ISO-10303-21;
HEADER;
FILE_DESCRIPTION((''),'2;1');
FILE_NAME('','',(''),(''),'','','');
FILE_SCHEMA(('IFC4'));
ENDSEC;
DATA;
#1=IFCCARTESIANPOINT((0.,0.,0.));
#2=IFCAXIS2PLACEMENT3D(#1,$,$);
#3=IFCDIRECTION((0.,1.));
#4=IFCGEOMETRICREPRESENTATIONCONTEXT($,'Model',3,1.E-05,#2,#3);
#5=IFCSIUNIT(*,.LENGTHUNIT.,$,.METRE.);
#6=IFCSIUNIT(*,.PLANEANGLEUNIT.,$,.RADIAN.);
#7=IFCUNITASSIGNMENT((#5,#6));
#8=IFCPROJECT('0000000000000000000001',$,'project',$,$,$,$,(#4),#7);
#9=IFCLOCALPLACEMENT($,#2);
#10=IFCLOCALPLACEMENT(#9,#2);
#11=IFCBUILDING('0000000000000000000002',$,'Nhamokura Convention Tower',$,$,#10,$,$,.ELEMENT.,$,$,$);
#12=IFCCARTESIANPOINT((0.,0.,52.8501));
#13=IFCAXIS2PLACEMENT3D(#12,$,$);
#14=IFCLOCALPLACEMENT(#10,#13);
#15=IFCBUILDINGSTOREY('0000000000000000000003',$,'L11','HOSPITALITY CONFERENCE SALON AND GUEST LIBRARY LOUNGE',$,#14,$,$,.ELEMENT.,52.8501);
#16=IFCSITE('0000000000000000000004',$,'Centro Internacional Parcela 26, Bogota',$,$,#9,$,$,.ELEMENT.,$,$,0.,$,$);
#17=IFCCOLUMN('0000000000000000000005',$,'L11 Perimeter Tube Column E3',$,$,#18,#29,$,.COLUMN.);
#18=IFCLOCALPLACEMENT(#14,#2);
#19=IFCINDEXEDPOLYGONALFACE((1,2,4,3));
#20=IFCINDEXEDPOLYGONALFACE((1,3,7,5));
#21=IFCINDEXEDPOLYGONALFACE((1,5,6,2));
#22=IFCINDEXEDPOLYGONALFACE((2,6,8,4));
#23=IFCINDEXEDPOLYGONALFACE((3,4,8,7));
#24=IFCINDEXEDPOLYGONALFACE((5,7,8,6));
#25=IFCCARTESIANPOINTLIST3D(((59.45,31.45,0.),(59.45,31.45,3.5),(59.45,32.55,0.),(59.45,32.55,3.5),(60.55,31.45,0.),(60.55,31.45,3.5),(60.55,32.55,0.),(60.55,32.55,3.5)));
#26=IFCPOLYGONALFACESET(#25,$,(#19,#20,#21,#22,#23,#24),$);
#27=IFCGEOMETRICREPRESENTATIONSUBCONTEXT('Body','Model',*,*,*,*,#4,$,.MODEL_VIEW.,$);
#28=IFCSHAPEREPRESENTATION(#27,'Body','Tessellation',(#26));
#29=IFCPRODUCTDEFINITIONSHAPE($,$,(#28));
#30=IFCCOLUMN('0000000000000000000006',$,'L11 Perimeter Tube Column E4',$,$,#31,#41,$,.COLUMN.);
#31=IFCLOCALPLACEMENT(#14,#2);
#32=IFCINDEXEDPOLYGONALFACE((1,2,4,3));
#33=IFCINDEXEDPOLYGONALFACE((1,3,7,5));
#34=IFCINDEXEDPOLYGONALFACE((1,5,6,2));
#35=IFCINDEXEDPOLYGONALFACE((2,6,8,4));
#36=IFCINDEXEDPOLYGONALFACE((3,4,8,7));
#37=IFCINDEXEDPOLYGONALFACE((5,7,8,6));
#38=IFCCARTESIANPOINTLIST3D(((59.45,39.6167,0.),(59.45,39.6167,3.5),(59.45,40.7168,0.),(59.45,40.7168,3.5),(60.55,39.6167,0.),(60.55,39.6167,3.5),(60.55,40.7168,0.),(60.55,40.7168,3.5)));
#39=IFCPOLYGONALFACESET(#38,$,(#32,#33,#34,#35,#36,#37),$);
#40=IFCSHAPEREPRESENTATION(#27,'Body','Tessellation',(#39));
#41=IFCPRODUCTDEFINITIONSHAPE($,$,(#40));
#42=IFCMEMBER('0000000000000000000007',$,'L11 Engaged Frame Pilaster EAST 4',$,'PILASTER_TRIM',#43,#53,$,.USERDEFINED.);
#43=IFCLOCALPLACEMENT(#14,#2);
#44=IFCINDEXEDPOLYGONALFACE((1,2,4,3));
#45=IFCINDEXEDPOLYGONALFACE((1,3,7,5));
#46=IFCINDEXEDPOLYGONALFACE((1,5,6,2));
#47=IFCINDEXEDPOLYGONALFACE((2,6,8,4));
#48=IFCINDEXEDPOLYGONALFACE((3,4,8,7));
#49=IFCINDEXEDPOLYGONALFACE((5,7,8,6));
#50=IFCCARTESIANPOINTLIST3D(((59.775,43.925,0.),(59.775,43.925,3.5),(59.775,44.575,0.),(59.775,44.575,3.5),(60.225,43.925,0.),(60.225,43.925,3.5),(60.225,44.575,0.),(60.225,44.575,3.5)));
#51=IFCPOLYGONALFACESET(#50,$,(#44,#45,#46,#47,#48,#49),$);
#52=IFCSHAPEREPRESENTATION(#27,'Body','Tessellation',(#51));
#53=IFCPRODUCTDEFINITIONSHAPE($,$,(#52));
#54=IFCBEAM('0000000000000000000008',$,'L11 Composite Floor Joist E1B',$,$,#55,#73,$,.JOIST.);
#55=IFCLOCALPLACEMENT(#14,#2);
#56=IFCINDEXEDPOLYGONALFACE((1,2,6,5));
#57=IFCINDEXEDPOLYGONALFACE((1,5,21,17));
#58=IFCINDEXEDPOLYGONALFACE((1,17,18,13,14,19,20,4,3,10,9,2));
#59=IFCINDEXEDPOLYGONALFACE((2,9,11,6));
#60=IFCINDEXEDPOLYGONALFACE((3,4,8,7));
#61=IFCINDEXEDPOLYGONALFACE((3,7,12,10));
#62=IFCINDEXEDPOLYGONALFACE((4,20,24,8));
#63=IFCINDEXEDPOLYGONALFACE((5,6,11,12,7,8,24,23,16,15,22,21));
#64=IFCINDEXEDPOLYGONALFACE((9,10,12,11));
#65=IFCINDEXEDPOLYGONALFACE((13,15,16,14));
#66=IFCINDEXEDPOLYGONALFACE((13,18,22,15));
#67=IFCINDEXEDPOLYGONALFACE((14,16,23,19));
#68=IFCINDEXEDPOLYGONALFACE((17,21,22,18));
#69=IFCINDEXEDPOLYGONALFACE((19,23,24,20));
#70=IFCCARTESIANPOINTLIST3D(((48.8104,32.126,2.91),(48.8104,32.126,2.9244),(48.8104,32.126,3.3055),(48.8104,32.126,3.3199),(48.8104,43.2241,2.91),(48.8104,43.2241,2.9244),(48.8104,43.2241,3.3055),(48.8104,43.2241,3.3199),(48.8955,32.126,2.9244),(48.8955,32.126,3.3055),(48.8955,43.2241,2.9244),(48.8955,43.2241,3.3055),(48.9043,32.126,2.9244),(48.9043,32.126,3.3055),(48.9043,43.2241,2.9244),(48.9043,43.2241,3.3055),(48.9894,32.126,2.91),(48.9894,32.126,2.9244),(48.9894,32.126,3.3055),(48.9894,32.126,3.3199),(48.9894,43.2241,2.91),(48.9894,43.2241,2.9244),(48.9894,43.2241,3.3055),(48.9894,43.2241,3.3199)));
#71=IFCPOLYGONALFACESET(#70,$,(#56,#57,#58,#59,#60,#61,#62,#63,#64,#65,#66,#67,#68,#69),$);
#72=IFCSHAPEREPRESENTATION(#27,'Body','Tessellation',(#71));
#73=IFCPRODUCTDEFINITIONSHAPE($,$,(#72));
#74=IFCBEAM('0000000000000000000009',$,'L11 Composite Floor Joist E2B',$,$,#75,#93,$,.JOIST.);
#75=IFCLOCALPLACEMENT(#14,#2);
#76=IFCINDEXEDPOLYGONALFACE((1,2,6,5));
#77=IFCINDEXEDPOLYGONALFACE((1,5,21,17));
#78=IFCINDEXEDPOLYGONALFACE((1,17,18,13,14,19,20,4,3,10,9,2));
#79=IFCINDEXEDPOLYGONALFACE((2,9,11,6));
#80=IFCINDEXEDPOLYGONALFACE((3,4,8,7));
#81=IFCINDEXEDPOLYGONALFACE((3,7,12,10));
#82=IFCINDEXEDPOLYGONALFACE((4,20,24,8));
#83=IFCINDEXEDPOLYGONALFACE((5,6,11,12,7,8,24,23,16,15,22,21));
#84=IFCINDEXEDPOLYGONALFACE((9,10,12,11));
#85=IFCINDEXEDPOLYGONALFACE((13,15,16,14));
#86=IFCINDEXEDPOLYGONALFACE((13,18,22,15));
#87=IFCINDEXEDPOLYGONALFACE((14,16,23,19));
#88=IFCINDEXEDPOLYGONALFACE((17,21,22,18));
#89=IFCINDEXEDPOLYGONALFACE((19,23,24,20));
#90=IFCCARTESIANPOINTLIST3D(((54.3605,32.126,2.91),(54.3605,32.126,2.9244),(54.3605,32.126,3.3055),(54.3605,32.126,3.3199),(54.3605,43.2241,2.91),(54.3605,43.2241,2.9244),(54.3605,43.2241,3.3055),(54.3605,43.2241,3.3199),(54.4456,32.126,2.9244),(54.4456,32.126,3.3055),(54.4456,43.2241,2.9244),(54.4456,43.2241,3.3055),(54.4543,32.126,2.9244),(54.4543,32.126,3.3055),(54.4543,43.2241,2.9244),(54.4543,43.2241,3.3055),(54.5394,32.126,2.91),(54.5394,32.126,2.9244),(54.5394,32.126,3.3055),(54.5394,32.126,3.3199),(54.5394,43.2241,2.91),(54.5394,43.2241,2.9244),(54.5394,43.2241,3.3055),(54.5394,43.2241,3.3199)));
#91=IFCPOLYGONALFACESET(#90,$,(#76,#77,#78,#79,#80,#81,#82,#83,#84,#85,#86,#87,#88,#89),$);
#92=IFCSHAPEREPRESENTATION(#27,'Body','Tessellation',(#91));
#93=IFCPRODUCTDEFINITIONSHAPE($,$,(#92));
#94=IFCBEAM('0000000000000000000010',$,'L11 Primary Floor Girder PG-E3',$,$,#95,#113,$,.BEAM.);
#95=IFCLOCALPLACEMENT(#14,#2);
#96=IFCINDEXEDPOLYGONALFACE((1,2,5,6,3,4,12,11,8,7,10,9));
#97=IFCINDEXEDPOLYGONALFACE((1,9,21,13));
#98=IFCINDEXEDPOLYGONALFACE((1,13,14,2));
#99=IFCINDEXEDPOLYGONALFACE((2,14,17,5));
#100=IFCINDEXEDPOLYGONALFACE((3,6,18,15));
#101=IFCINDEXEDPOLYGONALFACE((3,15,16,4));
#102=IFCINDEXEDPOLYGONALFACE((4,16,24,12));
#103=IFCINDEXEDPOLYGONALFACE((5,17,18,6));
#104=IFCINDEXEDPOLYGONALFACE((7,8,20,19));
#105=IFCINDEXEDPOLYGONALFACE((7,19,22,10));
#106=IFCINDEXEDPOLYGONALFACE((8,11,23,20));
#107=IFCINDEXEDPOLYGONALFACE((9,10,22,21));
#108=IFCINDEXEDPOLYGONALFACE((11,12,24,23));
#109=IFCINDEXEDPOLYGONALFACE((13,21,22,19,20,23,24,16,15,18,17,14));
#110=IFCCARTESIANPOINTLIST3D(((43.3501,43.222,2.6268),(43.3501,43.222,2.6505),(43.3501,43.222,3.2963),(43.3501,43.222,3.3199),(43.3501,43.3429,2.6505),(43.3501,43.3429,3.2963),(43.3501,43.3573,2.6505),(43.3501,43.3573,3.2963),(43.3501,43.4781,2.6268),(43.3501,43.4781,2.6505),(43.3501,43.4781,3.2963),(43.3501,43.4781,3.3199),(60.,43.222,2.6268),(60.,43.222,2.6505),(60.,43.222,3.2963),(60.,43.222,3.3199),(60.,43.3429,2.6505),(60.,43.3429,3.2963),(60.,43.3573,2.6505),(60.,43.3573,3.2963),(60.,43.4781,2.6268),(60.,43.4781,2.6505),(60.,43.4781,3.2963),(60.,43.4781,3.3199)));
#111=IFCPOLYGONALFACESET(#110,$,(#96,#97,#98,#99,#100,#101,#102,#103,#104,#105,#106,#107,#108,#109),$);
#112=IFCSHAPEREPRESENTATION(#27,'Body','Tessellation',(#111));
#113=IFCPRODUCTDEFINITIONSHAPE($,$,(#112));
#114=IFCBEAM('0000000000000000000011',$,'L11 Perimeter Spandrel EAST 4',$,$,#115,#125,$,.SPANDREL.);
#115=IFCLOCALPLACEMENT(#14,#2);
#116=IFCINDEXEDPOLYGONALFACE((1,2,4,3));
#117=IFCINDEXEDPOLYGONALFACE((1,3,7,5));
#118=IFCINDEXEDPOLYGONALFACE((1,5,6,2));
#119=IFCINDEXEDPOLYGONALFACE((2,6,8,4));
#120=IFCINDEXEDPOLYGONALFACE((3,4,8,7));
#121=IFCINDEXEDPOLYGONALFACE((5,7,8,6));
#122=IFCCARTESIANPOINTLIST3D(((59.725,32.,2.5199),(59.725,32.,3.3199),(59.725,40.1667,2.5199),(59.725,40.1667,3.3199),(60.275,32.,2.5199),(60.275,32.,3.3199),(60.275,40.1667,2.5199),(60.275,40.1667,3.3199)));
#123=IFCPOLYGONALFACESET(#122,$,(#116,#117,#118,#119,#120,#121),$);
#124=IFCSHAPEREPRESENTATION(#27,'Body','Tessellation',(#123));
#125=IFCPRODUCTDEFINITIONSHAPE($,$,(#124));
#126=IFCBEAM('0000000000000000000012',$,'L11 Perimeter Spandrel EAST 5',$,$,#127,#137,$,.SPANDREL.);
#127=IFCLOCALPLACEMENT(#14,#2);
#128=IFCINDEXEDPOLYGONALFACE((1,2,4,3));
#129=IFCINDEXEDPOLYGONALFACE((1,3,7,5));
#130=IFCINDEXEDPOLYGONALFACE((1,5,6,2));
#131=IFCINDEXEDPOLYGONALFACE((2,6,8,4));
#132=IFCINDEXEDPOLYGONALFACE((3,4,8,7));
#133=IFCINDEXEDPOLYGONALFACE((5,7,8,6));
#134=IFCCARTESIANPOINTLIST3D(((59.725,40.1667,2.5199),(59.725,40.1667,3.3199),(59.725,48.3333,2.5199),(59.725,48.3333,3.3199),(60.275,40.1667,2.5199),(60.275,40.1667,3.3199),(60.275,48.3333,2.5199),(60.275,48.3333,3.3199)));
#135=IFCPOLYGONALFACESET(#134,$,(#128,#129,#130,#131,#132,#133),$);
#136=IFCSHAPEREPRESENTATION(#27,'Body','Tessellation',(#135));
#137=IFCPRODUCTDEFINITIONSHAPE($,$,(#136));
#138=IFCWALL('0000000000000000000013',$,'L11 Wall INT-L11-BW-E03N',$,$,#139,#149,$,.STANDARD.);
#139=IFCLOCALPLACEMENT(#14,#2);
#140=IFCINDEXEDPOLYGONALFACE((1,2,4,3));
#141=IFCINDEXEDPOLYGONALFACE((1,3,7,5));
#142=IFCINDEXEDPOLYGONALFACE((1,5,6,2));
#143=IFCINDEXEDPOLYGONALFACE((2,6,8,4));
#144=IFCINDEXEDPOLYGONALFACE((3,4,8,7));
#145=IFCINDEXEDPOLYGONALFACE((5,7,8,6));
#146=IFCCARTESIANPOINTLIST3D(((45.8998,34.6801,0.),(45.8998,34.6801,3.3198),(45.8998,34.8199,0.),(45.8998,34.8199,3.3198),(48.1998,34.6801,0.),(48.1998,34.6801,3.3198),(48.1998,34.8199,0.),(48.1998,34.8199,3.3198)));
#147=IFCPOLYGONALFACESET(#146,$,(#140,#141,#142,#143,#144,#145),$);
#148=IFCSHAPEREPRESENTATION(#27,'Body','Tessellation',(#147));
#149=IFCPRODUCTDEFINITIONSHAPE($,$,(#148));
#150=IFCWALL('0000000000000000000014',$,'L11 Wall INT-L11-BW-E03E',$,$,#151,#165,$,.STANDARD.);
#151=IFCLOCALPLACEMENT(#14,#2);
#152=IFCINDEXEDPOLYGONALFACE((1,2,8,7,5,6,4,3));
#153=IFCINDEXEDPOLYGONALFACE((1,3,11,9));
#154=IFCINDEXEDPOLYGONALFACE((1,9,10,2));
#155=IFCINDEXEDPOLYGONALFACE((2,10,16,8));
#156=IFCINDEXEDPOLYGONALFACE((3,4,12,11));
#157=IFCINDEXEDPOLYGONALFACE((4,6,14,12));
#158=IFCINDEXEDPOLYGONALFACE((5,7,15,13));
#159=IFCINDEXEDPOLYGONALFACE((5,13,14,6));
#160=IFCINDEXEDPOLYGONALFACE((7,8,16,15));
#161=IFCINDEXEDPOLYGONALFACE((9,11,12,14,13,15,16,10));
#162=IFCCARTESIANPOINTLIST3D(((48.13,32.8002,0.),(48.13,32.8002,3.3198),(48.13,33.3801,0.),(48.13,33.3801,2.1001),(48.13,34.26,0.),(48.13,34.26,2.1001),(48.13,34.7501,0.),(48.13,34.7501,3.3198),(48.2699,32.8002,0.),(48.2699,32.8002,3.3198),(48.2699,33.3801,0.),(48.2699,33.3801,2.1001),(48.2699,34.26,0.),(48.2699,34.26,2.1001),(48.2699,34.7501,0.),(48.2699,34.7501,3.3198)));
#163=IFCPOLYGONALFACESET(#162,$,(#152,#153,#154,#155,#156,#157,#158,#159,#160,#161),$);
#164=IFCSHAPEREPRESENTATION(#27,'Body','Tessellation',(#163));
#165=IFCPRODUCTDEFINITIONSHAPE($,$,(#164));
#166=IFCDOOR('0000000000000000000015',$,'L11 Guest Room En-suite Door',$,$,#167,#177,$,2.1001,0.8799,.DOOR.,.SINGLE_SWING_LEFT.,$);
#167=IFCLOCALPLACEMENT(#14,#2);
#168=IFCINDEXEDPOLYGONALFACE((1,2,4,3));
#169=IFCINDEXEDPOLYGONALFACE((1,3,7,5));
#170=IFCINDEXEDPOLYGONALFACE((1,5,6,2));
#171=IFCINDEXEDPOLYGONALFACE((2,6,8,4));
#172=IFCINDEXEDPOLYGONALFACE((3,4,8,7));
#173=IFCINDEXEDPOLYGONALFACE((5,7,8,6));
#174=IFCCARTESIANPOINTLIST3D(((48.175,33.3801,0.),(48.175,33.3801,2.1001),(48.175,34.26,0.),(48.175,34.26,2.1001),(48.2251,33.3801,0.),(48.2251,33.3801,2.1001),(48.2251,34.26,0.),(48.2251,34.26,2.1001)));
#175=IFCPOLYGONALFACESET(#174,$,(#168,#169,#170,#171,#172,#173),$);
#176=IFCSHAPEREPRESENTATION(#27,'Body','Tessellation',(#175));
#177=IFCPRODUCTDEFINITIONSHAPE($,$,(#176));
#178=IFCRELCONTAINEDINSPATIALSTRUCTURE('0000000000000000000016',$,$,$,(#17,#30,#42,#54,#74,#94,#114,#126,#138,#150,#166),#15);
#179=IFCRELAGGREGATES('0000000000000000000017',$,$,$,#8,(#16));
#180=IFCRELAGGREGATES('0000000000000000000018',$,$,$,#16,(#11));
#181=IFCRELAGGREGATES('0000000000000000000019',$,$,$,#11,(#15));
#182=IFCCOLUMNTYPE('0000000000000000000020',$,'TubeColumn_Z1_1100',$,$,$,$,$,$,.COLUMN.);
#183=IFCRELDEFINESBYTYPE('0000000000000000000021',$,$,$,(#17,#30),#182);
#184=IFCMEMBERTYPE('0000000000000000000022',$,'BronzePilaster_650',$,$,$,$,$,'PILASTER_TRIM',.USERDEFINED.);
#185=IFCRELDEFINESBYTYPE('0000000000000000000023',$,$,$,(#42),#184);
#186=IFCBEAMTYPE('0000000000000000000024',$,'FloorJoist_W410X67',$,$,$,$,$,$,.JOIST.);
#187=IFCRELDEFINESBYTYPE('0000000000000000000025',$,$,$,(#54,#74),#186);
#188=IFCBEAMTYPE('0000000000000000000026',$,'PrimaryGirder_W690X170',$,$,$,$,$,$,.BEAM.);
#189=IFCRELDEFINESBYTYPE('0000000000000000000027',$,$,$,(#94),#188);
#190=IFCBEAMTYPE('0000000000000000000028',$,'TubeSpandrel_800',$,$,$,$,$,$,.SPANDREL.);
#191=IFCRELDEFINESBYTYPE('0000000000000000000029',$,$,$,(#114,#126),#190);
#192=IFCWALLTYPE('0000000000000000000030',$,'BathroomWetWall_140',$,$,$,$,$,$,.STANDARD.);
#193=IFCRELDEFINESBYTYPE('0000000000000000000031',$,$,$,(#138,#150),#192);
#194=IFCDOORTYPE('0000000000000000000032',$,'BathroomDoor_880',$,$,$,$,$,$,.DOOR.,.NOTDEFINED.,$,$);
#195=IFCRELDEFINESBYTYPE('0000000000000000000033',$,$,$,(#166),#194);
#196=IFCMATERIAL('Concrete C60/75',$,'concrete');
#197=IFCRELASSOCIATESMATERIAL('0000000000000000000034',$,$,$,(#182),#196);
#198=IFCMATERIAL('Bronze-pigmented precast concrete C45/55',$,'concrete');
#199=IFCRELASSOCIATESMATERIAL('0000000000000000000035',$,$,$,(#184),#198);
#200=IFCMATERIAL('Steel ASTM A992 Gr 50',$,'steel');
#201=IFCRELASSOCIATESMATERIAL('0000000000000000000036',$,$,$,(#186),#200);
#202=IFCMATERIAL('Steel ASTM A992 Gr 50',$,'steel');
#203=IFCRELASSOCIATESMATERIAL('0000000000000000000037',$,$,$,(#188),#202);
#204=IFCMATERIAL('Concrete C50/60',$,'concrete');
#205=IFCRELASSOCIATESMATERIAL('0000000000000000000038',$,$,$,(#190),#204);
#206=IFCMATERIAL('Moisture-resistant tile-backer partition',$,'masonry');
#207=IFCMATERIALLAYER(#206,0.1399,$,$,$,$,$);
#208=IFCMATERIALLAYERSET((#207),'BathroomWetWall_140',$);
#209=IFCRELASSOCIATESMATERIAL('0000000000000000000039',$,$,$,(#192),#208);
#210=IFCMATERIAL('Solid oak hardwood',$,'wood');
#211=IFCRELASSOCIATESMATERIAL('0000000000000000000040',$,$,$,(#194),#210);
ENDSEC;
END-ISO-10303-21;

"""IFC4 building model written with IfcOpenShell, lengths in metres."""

from ifc_helpers import new_model, si_unit, direction, frame, frame_2d, origin, origin_2d, place, context, subcontext, project, spatial, rectangle, i_section, extrude, material, layer, layer_set, material_profile, profile_set, type_object, element, fill, save


model = new_model("IFC4")

# Units and contexts
model_context = context("Model", 3, precision=1e-05, world=origin(), true_north=direction((0.0, 1.0)))
body_context = subcontext(model_context, "Body", "Model", "MODEL_VIEW")
ifc_project = project(units=[si_unit("LENGTHUNIT", "METRE"), si_unit("PLANEANGLEUNIT", "RADIAN")], contexts=[model_context])

# Site, building, storey
site_placement = place(None, origin())
site = spatial("IfcSite", under=ifc_project, at=site_placement, Name="Centro Internacional Parcela 26, Bogota", CompositionType="ELEMENT", RefElevation=0.0)
building_placement = place(site_placement, origin())
building = spatial("IfcBuilding", under=site, at=building_placement, Name="Nhamokura Convention Tower", CompositionType="ELEMENT")
storey_placement = place(building_placement, frame((0.0, 0.0, 52.8501)))
storey = spatial("IfcBuildingStorey", under=building, at=storey_placement, Name="L11", Description="HOSPITALITY CONFERENCE SALON AND GUEST LIBRARY LOUNGE", CompositionType="ELEMENT", Elevation=52.8501)

# Columns
ifc_material_1 = material(Name="Concrete C60/75", Category="concrete")
ifc_material_profile_1 = material_profile(ifc_material_1, rectangle(XDim=1.1001, YDim=1.1001, at=origin_2d()))
ifc_profile_set_1 = profile_set([ifc_material_profile_1], Name="Concrete C60/75")
column_type = type_object("IfcColumnType", Name="TubeColumn_Z1_1100", PredefinedType="COLUMN", material=ifc_profile_set_1)
for number, where, z_axis, x_axis, name in (
    (1, (60.0, 32.0, 0.0), (0.0, 0.0, 1.0), (1.0, 0.0, 0.0), "L11 Perimeter Tube Column E3"),
    (2, (60.0, 40.1667, 0.0), (0.0, 0.0, 1.0), (1.0, 0.0, 0.0), "L11 Perimeter Tube Column E4"),
):
    element("IfcColumn", number, at=place(storey_placement, frame(where, z_axis=z_axis, x_axis=x_axis)), inside=storey, type_object=column_type, Name=name, PredefinedType="COLUMN", context=body_context, shape_type="SweptSolid", body=[
        extrude(rectangle(XDim=1.1001, YDim=1.1001, at=origin_2d()), origin(), (0.0, 0.0, 1.0), 3.5),
    ])

# Member
ifc_material_2 = material(Name="Bronze-pigmented precast concrete C45/55", Category="concrete")
ifc_material_profile_2 = material_profile(ifc_material_2, rectangle(XDim=0.45, YDim=0.6499, at=origin_2d()))
ifc_profile_set_2 = profile_set([ifc_material_profile_2], Name="Bronze-pigmented precast concrete C45/55")
member_type = type_object("IfcMemberType", Name="BronzePilaster_650", ElementType="PILASTER_TRIM", PredefinedType="USERDEFINED", material=ifc_profile_set_2)
member_placement = place(storey_placement, frame((60.0, 44.25, 0.0), z_axis=(0.0, 0.0, 1.0), x_axis=(1.0, 0.0, 0.0)))
element("IfcMember", 3, at=member_placement, inside=storey, type_object=member_type, Name="L11 Engaged Frame Pilaster EAST 4", ObjectType="PILASTER_TRIM", PredefinedType="USERDEFINED", context=body_context, shape_type="SweptSolid", body=[
    extrude(rectangle(XDim=0.45, YDim=0.6499, at=origin_2d()), origin(), (0.0, 0.0, 1.0), 3.5),
])

# Beams
ifc_material_3 = material(Name="Steel ASTM A992 Gr 50", Category="steel")
ifc_material_profile_3 = material_profile(ifc_material_3, i_section(OverallWidth=0.179, OverallDepth=0.4099, WebThickness=0.0088, FlangeThickness=0.0144, at=origin_2d()))
ifc_profile_set_3 = profile_set([ifc_material_profile_3], Name="Steel ASTM A992 Gr 50")
beam_type_1 = type_object("IfcBeamType", Name="FloorJoist_W410X67", PredefinedType="JOIST", material=ifc_profile_set_3)
for number, where, z_axis, x_axis, name in (
    (4, (48.8999, 32.126, 3.115), (0.0, 1.0, 0.0), (-1.0, 0.0, 0.0), "L11 Composite Floor Joist E1B"),
    (5, (54.45, 32.126, 3.115), (0.0, 1.0, 0.0), (-1.0, 0.0, 0.0), "L11 Composite Floor Joist E2B"),
):
    element("IfcBeam", number, at=place(storey_placement, frame(where, z_axis=z_axis, x_axis=x_axis)), inside=storey, type_object=beam_type_1, Name=name, PredefinedType="JOIST", context=body_context, shape_type="SweptSolid", body=[
        extrude(i_section(OverallWidth=0.179, OverallDepth=0.4099, WebThickness=0.0088, FlangeThickness=0.0144, at=origin_2d()), origin(), (0.0, 0.0, 1.0), 11.0981),
    ])
ifc_material_4 = material(Name="Steel ASTM A992 Gr 50", Category="steel")
ifc_material_profile_4 = material_profile(ifc_material_4, i_section(OverallWidth=0.2561, OverallDepth=0.6931, WebThickness=0.0144, FlangeThickness=0.0237, at=origin_2d()))
ifc_profile_set_4 = profile_set([ifc_material_profile_4], Name="Steel ASTM A992 Gr 50")
beam_type_2 = type_object("IfcBeamType", Name="PrimaryGirder_W690X170", PredefinedType="BEAM", material=ifc_profile_set_4)
beam_1_placement = place(storey_placement, frame((43.3501, 43.3501, 2.9734), z_axis=(1.0, 0.0, 0.0), x_axis=(0.0, 1.0, 0.0)))
element("IfcBeam", 6, at=beam_1_placement, inside=storey, type_object=beam_type_2, Name="L11 Primary Floor Girder PG-E3", PredefinedType="BEAM", context=body_context, shape_type="SweptSolid", body=[
    extrude(i_section(OverallWidth=0.2561, OverallDepth=0.6931, WebThickness=0.0144, FlangeThickness=0.0237, at=origin_2d()), origin(), (0.0, 0.0, 1.0), 16.6499),
])
ifc_material_5 = material(Name="Concrete C50/60", Category="concrete")
ifc_material_profile_5 = material_profile(ifc_material_5, rectangle(XDim=0.55, YDim=0.8, at=origin_2d()))
ifc_profile_set_5 = profile_set([ifc_material_profile_5], Name="Concrete C50/60")
beam_type_3 = type_object("IfcBeamType", Name="TubeSpandrel_800", PredefinedType="SPANDREL", material=ifc_profile_set_5)
beam_2_placement = place(storey_placement, frame((60.0, 32.0, 2.9199), z_axis=(0.0, 1.0, 0.0), x_axis=(-1.0, 0.0, 0.0)))
element("IfcBeam", 7, at=beam_2_placement, inside=storey, type_object=beam_type_3, Name="L11 Perimeter Spandrel EAST 4", PredefinedType="SPANDREL", context=body_context, shape_type="SweptSolid", body=[
    extrude(rectangle(XDim=0.55, YDim=0.8, at=origin_2d()), origin(), (0.0, 0.0, 1.0), 8.1667),
])
beam_3_placement = place(storey_placement, frame((60.0, 40.1667, 2.9199), z_axis=(0.0, 1.0, 0.0), x_axis=(-1.0, 0.0, 0.0)))
element("IfcBeam", 8, at=beam_3_placement, inside=storey, type_object=beam_type_3, Name="L11 Perimeter Spandrel EAST 5", PredefinedType="SPANDREL", context=body_context, shape_type="SweptSolid", body=[
    extrude(rectangle(XDim=0.55, YDim=0.8, at=origin_2d()), origin(), (0.0, 0.0, 1.0), 8.1665),
])

# Wall
ifc_material_6 = material(Name="Moisture-resistant tile-backer partition", Category="masonry")
ifc_layer_1 = layer(ifc_material_6, 0.1399)
ifc_layer_set_1 = layer_set([ifc_layer_1], Name="BathroomWetWall_140")
wall_type_1 = type_object("IfcWallType", Name="BathroomWetWall_140", PredefinedType="STANDARD", material=ifc_layer_set_1)
wall_1_placement = place(storey_placement, frame((45.8999, 34.75, 0.0), z_axis=(0.0, 0.0, 1.0), x_axis=(1.0, 0.0, 0.0)))
element("IfcWall", 9, at=wall_1_placement, inside=storey, type_object=wall_type_1, Name="L11 Wall INT-L11-BW-E03N", PredefinedType="STANDARD", context=body_context, shape_type="SweptSolid", body=[
    extrude(rectangle(XDim=2.3, YDim=0.1399, at=frame_2d((1.1499, 0.0))), origin(), (0.0, 0.0, 1.0), 3.3198),
])

# Wall, opening, door
wall_2_placement = place(storey_placement, frame((48.2, 32.8, 0.0), z_axis=(0.0, 0.0, 1.0), x_axis=(0.0, 1.0, 0.0)))
wall_2 = element("IfcWall", 10, at=wall_2_placement, inside=storey, type_object=wall_type_1, Name="L11 Wall INT-L11-BW-E03E", PredefinedType="STANDARD", context=body_context, shape_type="SweptSolid", body=[
    extrude(rectangle(XDim=1.95, YDim=0.1399, at=frame_2d((0.9751, 0.0))), origin(), (0.0, 0.0, 1.0), 3.3198),
])
opening_1_placement = place(wall_2_placement, frame((0.5801, 0.0, 0.0)))
opening_1 = element("IfcOpeningElement", 11, at=opening_1_placement, cuts=wall_2, PredefinedType="OPENING", context=body_context, shape_type="SweptSolid", body=[
    extrude(rectangle(XDim=0.8799, YDim=2.1001, at=frame_2d((0.4399, 1.05))), frame((0.0, 0.0798, 0.0), z_axis=(0.0, -1.0, 0.0), x_axis=(1.0, 0.0, 0.0)), (0.0, 0.0, 1.0), 0.1599),
])
ifc_material_7 = material(Name="Solid oak hardwood", Category="wood")
door_type_1 = type_object("IfcDoorType", Name="BathroomDoor_880", OperationType="NOTDEFINED", PredefinedType="DOOR", material=ifc_material_7)
door_1_placement = place(opening_1_placement, origin())
door_1 = element("IfcDoor", 12, at=door_1_placement, inside=storey, type_object=door_type_1, Name="L11 Guest Room En-suite Door", OperationType="SINGLE_SWING_LEFT", OverallHeight=2.1001, OverallWidth=0.8799, PredefinedType="DOOR", context=body_context, shape_type="SweptSolid", body=[
    extrude(rectangle(XDim=0.8799, YDim=2.1001, at=frame_2d((0.4399, 1.05))), frame((0.0, 0.0249, 0.0), z_axis=(0.0, -1.0, 0.0), x_axis=(1.0, 0.0, 0.0)), (0.0, 0.0, 1.0), 0.05),
])
fill(opening_1, door_1)

save(model, "model.ifc")
